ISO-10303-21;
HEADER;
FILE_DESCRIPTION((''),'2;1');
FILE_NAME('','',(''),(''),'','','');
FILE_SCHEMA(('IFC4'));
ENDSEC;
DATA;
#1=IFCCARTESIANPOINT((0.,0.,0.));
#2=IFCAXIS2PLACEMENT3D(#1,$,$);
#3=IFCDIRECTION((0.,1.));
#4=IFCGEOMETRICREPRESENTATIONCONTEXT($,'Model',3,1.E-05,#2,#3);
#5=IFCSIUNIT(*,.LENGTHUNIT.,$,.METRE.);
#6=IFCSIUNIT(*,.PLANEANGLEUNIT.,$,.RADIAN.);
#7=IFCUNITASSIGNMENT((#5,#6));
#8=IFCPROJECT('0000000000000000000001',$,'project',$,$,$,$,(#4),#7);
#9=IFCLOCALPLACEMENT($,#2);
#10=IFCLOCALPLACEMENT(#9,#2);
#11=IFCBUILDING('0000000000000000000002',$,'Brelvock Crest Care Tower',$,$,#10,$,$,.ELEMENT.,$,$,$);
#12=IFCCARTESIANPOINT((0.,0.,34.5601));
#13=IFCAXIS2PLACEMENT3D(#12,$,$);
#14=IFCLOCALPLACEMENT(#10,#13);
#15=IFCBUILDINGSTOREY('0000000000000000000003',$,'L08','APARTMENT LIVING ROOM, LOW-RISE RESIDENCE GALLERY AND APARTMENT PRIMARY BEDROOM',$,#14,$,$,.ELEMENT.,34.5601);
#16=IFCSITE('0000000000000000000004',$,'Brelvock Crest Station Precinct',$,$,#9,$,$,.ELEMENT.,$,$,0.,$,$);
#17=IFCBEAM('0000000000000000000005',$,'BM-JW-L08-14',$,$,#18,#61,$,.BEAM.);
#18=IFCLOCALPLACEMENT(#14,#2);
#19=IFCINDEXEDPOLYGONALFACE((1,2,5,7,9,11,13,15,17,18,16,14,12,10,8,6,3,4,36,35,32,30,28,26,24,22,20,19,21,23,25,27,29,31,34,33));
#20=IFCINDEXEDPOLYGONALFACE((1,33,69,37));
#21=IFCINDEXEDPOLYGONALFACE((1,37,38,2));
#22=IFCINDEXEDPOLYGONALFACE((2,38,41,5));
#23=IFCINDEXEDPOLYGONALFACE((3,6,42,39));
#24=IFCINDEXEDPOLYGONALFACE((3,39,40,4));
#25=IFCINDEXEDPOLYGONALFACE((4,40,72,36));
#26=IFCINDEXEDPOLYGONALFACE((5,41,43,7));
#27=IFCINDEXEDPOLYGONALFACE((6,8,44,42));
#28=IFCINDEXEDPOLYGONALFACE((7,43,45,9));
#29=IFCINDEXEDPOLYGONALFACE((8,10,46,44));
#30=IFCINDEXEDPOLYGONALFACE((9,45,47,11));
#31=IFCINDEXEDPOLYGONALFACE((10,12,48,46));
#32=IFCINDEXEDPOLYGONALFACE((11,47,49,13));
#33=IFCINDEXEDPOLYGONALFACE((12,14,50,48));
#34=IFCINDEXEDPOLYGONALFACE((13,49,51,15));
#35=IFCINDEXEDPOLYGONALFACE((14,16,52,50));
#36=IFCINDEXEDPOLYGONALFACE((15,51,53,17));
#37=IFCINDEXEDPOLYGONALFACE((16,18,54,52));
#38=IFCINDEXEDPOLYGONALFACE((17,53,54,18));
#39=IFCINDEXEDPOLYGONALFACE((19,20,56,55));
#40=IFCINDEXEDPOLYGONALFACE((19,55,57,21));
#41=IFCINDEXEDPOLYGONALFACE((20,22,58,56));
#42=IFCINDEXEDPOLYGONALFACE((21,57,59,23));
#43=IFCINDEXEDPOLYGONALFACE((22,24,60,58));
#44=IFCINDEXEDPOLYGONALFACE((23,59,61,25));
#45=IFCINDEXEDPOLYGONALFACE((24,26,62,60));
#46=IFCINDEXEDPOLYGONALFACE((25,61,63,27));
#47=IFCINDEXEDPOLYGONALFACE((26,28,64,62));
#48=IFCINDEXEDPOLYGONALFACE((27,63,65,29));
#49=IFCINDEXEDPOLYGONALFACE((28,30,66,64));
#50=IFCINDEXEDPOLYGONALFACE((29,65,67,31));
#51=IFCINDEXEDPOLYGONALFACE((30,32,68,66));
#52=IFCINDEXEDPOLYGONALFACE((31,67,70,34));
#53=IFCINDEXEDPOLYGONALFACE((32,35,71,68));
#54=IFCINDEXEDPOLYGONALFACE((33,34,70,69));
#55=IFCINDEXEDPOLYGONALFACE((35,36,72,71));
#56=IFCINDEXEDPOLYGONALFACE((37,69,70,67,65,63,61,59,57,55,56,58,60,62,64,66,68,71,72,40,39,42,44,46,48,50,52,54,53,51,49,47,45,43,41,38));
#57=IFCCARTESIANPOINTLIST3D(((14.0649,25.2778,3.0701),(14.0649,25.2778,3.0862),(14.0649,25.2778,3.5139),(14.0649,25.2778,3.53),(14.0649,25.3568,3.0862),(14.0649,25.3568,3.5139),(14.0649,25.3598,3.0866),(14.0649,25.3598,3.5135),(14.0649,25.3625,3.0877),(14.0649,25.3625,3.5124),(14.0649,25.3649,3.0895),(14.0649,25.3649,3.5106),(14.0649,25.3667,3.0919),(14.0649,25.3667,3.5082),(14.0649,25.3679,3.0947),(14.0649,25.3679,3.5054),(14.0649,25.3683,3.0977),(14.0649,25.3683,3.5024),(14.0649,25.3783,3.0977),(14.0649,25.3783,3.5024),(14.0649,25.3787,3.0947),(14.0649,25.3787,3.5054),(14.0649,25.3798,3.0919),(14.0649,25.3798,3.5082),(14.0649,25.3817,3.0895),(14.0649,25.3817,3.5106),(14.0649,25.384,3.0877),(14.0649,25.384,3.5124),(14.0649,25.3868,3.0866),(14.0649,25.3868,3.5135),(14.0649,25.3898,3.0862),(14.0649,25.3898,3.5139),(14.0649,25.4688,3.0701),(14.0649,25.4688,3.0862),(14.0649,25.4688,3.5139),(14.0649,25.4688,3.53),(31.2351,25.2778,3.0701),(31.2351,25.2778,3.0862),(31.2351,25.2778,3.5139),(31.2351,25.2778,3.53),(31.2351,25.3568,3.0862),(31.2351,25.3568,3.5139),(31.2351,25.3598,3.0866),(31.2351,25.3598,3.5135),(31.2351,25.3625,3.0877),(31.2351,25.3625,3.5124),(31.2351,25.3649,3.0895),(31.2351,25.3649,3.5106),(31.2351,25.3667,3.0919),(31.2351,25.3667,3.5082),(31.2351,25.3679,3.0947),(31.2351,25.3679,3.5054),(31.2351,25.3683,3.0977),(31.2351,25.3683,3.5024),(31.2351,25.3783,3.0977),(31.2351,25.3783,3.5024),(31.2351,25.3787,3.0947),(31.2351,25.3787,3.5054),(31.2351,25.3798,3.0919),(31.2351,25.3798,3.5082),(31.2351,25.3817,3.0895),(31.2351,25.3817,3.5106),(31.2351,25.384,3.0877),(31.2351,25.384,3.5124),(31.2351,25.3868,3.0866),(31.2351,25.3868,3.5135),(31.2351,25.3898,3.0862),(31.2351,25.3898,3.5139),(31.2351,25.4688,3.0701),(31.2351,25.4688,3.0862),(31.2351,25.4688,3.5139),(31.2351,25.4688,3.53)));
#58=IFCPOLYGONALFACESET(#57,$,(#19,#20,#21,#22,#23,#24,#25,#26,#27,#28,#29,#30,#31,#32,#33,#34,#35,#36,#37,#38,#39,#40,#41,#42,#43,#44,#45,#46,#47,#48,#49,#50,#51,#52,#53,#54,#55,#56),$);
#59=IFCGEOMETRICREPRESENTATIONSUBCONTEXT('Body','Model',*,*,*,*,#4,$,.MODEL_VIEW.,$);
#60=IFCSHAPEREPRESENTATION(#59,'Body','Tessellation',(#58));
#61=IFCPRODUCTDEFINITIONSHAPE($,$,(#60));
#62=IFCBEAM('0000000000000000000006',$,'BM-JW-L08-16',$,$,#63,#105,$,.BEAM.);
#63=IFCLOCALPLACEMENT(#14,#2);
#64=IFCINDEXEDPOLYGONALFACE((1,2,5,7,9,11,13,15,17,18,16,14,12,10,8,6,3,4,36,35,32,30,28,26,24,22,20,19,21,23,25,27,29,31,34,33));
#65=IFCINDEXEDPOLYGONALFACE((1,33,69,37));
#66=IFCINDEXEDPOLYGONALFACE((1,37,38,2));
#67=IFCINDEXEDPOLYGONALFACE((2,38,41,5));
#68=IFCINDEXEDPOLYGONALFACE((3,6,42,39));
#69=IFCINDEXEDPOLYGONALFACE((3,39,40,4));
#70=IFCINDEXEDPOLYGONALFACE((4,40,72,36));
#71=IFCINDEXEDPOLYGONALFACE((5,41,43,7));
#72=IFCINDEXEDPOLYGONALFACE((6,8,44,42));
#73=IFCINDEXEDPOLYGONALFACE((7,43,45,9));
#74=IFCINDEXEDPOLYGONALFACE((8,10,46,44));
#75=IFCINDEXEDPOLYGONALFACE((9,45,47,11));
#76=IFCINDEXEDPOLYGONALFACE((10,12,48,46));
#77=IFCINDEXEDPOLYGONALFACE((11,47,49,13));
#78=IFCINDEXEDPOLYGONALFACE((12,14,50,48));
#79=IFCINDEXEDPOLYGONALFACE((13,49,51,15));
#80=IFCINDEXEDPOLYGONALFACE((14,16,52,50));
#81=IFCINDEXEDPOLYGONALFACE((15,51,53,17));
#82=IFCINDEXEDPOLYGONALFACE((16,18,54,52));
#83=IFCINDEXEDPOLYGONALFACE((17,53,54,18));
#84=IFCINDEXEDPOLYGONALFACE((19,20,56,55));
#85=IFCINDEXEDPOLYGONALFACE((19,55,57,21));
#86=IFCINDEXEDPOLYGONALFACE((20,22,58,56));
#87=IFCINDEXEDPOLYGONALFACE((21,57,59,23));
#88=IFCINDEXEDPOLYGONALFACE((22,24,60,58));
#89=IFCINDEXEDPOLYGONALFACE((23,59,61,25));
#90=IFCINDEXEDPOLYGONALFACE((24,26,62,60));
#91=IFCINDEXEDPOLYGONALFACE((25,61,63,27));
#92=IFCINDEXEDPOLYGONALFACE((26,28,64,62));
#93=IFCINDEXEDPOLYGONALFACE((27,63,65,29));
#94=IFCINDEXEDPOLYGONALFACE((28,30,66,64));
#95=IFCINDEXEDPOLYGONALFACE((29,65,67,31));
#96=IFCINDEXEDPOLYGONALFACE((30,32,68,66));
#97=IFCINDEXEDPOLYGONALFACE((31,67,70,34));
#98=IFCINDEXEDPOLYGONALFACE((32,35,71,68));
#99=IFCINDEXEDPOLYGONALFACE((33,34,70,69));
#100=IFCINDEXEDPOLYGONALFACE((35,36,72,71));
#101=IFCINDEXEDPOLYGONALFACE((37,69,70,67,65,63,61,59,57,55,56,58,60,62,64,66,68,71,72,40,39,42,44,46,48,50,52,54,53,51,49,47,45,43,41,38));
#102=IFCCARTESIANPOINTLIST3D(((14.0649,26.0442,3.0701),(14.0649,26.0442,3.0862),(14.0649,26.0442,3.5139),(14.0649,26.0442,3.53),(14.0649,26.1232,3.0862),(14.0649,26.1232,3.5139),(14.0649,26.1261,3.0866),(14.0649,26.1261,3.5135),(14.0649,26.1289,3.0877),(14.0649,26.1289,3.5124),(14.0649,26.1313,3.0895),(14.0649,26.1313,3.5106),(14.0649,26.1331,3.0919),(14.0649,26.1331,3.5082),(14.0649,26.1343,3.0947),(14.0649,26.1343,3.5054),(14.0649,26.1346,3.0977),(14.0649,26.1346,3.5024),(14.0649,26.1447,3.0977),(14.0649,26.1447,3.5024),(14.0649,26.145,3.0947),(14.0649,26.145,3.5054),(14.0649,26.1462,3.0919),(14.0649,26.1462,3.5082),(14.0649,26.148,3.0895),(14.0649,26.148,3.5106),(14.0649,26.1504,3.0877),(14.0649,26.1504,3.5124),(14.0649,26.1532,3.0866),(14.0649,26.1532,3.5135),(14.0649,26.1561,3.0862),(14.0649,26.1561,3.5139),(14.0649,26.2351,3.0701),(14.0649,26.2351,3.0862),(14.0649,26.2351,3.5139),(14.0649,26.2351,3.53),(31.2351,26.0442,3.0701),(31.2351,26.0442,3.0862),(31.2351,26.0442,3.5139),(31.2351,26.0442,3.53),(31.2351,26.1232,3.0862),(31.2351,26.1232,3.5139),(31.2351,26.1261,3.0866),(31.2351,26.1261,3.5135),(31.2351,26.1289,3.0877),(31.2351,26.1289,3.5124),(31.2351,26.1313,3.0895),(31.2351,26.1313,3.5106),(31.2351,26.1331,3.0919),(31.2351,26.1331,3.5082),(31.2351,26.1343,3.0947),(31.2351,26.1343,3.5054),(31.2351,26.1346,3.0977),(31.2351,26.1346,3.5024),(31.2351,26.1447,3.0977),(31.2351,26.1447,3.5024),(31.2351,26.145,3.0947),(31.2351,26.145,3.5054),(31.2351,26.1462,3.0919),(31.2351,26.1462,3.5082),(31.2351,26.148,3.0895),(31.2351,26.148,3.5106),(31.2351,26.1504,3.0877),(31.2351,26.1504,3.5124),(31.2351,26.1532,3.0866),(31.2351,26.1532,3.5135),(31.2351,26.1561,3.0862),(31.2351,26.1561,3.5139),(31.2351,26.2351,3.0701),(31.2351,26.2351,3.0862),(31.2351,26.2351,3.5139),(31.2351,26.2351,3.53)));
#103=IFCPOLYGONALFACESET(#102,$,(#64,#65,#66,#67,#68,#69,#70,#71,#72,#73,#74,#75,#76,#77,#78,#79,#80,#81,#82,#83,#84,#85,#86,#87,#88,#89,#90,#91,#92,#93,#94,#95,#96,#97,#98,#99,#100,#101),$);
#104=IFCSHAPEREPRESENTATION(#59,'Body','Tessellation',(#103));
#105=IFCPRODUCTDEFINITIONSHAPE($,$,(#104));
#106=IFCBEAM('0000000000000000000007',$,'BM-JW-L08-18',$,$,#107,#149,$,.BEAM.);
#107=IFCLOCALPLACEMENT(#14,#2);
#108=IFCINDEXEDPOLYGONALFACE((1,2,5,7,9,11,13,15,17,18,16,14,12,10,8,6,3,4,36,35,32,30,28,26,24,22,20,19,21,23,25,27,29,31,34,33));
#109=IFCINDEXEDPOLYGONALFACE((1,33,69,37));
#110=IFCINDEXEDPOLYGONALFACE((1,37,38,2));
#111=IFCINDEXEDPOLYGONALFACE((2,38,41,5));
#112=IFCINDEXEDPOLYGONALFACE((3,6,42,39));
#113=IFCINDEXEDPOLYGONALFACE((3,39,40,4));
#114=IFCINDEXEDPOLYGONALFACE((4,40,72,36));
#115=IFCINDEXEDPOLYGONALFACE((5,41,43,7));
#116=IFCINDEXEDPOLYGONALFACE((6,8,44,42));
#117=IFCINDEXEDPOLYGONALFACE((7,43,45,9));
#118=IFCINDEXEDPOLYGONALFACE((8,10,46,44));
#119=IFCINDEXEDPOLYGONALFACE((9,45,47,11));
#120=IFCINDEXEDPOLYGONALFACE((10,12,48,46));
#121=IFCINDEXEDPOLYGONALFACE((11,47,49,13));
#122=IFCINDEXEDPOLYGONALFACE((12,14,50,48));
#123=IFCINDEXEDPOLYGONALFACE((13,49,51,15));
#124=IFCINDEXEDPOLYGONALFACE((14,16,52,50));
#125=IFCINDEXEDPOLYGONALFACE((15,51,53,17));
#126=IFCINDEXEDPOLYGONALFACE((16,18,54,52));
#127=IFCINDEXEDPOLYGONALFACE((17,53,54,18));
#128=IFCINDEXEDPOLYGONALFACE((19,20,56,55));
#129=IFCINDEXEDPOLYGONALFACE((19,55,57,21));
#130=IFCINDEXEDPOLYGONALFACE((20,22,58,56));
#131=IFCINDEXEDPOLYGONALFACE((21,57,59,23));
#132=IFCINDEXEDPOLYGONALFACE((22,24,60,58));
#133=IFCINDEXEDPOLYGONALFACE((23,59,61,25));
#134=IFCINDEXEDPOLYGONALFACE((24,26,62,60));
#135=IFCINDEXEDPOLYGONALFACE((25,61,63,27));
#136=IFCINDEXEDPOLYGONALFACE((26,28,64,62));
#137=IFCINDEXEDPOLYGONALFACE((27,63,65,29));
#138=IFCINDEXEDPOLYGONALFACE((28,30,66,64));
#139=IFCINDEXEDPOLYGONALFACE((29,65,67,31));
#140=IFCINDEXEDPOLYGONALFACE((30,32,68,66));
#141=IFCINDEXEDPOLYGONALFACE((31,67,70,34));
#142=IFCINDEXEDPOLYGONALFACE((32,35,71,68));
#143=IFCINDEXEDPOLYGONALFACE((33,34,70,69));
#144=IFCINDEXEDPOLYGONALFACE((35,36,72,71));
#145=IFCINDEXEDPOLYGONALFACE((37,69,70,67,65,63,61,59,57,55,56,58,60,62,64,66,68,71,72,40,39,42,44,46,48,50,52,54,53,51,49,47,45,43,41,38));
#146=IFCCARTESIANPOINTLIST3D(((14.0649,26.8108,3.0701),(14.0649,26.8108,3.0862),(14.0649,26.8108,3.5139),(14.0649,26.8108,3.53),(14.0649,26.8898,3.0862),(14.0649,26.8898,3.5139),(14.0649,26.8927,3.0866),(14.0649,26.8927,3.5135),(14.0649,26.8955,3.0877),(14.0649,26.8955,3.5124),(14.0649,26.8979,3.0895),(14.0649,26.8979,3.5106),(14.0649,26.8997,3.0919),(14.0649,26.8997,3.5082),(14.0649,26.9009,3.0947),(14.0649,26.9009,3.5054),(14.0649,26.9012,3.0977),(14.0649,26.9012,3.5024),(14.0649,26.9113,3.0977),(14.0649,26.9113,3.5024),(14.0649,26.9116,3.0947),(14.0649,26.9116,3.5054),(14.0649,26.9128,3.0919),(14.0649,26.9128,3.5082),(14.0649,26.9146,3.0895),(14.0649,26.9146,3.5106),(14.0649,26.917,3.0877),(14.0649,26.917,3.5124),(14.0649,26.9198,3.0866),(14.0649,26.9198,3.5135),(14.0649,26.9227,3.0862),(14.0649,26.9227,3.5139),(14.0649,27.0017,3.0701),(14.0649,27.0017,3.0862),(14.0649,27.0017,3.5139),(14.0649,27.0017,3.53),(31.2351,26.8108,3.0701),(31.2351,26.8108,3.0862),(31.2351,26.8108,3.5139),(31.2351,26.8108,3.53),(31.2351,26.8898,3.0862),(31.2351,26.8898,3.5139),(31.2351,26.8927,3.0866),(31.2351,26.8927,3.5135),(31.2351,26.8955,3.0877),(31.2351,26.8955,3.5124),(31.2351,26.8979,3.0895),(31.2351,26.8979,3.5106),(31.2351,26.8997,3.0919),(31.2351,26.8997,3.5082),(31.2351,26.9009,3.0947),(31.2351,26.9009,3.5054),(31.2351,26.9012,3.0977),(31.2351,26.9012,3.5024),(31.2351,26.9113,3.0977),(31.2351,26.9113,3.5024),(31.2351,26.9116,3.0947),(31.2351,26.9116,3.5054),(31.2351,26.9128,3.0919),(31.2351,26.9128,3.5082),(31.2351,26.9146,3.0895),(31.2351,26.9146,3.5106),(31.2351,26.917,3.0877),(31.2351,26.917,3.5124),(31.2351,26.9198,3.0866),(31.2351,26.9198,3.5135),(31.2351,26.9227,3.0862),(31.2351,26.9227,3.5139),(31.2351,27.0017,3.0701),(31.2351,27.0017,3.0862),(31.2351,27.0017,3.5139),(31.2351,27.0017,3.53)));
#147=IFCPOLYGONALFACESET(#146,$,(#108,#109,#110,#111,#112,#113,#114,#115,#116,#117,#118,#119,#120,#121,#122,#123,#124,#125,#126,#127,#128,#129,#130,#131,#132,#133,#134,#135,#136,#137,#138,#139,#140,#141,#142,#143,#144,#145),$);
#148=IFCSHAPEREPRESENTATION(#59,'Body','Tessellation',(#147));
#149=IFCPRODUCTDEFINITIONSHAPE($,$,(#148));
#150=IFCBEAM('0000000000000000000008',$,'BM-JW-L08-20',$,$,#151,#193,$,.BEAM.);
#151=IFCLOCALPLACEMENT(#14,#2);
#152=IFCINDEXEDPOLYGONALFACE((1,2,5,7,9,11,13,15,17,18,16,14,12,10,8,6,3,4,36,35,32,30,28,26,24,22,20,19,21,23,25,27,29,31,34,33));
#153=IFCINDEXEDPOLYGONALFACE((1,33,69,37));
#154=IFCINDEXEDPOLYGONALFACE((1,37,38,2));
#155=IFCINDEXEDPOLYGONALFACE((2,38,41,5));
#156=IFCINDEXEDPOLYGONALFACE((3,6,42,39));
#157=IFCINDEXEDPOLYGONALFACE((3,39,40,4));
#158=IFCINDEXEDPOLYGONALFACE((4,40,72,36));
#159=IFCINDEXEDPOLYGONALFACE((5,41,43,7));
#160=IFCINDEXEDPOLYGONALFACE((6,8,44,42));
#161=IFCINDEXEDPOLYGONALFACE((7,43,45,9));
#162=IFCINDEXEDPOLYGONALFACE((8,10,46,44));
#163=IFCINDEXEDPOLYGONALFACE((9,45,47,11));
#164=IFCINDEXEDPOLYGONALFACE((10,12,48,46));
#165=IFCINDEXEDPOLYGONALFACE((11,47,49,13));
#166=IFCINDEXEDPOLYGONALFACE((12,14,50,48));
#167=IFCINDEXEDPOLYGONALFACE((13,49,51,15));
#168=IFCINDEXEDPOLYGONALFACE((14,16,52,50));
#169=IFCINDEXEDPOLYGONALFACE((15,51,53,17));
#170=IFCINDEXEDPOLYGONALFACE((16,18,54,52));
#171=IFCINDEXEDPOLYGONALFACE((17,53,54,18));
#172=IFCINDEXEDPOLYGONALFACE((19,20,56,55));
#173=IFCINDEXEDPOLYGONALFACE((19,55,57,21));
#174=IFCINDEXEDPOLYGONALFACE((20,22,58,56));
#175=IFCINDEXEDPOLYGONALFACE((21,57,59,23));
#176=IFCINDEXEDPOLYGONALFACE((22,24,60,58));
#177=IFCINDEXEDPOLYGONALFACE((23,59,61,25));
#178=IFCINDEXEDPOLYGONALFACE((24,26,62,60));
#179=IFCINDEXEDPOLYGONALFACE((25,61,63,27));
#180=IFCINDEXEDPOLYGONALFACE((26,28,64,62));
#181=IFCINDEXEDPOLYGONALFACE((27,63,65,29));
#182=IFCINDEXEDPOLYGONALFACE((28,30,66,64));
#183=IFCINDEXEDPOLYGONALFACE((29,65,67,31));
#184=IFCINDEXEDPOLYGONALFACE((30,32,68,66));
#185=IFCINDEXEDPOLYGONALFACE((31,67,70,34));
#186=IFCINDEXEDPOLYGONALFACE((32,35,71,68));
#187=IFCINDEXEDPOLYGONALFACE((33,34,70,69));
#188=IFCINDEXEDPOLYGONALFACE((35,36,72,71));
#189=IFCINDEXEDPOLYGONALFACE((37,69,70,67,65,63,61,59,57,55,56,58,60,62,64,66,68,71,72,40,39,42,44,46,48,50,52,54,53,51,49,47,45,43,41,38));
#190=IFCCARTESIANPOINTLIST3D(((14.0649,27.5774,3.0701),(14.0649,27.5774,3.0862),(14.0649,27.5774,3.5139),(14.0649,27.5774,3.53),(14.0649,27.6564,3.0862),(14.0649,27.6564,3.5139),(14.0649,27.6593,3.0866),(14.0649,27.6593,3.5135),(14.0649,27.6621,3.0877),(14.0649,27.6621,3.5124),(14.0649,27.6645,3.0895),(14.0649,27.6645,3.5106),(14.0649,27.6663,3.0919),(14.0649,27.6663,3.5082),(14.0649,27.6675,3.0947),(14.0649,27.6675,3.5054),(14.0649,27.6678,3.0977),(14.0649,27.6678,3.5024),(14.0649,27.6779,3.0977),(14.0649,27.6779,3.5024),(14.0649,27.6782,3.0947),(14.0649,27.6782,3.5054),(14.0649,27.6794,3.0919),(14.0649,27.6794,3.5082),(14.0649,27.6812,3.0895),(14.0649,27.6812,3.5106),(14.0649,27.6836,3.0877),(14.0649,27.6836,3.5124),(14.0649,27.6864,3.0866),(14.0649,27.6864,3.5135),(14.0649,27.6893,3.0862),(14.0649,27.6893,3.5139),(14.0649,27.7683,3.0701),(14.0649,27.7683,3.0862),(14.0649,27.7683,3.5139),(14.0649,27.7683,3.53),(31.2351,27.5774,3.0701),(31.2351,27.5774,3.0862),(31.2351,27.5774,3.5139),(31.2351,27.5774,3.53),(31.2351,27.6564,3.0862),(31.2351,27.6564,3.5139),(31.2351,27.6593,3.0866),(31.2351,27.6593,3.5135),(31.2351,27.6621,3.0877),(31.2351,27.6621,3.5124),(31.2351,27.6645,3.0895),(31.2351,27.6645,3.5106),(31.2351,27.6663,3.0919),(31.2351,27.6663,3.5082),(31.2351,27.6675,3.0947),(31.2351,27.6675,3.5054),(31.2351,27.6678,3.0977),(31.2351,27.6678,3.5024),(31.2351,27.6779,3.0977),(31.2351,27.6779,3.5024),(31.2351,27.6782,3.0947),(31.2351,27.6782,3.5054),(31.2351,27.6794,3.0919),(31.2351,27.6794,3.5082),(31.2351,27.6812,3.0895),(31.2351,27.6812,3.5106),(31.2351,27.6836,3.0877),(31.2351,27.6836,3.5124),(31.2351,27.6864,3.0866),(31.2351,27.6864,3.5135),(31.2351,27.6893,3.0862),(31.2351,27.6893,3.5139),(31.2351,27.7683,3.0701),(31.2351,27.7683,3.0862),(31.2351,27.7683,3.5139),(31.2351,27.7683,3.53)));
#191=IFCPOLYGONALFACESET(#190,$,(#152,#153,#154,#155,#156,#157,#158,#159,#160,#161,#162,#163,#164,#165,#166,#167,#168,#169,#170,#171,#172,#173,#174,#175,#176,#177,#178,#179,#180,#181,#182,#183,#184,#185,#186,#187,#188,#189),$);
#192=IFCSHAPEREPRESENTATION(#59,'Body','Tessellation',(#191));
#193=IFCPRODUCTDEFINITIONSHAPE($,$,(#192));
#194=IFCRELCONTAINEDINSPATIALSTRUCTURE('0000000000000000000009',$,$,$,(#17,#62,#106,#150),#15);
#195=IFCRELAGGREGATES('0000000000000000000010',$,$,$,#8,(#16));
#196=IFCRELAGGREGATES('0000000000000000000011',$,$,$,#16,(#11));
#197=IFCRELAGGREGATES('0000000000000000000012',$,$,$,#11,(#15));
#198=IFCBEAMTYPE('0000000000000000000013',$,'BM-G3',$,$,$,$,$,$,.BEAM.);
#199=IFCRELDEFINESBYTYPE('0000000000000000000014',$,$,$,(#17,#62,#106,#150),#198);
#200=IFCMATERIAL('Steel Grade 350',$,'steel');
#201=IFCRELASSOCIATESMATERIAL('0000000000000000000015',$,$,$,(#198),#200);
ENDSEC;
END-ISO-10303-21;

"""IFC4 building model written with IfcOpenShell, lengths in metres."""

from ifc_helpers import new_model, si_unit, direction, frame, origin, origin_2d, place, context, subcontext, project, spatial, i_section, extrude, source, transform, mapped, material, material_profile, profile_set, type_object, element, save


model = new_model("IFC4")

# Units and contexts
model_context = context("Model", 3, precision=1e-05, world=origin(), true_north=direction((0.0, 1.0)))
body_context = subcontext(model_context, "Body", "Model", "MODEL_VIEW")
ifc_project = project(units=[si_unit("LENGTHUNIT", "METRE"), si_unit("PLANEANGLEUNIT", "RADIAN")], contexts=[model_context])

# Site, building, storey
site_placement = place(None, origin())
site = spatial("IfcSite", under=ifc_project, at=site_placement, Name="Brelvock Crest Station Precinct", CompositionType="ELEMENT", RefElevation=0.0)
building_placement = place(site_placement, origin())
building = spatial("IfcBuilding", under=site, at=building_placement, Name="Brelvock Crest Care Tower", CompositionType="ELEMENT")
storey_placement = place(building_placement, frame((0.0, 0.0, 34.5601)))
storey = spatial("IfcBuildingStorey", under=building, at=storey_placement, Name="L08", Description="APARTMENT LIVING ROOM, LOW-RISE RESIDENCE GALLERY AND APARTMENT PRIMARY BEDROOM", CompositionType="ELEMENT", Elevation=34.5601)

# Beams
ifc_material_1 = material(Name="Steel Grade 350", Category="steel")
ifc_material_profile_1 = material_profile(ifc_material_1, i_section(OverallWidth=0.1909, OverallDepth=0.46, WebThickness=0.01, FlangeThickness=0.0161, FilletRadius=0.0115, at=origin_2d()), Name="460UB82.1")
ifc_profile_set_1 = profile_set([ifc_material_profile_1], Name="Steel Grade 350")
beam_type_1 = type_object("IfcBeamType", Name="BM-G3", PredefinedType="BEAM", material=ifc_profile_set_1)
shared_shape_1 = source(origin(), body_context, "Body", "SweptSolid", [
    extrude(i_section(OverallWidth=0.1909, OverallDepth=0.46, WebThickness=0.01, FlangeThickness=0.0161, FilletRadius=0.0115, at=origin_2d()), origin(), (0.0, 0.0, 1.0), 17.1702),
])
for number, where, z_axis, x_axis, name in (
    (1, (14.0649, 25.3733, 3.3), (1.0, 0.0, 0.0), (0.0, 1.0, 0.0), "BM-JW-L08-14"),
    (2, (14.0649, 26.1396, 3.3), (1.0, 0.0, 0.0), (0.0, 1.0, 0.0), "BM-JW-L08-16"),
    (3, (14.0649, 26.9062, 3.3), (1.0, 0.0, 0.0), (0.0, 1.0, 0.0), "BM-JW-L08-18"),
    (4, (14.0649, 27.6729, 3.3), (1.0, 0.0, 0.0), (0.0, 1.0, 0.0), "BM-JW-L08-20"),
):
    element("IfcBeam", number, at=place(storey_placement, frame(where, z_axis=z_axis, x_axis=x_axis)), inside=storey, type_object=beam_type_1, Name=name, PredefinedType="BEAM", context=body_context, shape_type="MappedRepresentation", body=[
        mapped(shared_shape_1, transform((0.0, 0.0, 0.0), x_axis=(1.0, 0.0, 0.0), y_axis=(0.0, 1.0, 0.0), z_axis=(0.0, 0.0, 1.0), scale=1.0)),
    ])

save(model, "model.ifc")
